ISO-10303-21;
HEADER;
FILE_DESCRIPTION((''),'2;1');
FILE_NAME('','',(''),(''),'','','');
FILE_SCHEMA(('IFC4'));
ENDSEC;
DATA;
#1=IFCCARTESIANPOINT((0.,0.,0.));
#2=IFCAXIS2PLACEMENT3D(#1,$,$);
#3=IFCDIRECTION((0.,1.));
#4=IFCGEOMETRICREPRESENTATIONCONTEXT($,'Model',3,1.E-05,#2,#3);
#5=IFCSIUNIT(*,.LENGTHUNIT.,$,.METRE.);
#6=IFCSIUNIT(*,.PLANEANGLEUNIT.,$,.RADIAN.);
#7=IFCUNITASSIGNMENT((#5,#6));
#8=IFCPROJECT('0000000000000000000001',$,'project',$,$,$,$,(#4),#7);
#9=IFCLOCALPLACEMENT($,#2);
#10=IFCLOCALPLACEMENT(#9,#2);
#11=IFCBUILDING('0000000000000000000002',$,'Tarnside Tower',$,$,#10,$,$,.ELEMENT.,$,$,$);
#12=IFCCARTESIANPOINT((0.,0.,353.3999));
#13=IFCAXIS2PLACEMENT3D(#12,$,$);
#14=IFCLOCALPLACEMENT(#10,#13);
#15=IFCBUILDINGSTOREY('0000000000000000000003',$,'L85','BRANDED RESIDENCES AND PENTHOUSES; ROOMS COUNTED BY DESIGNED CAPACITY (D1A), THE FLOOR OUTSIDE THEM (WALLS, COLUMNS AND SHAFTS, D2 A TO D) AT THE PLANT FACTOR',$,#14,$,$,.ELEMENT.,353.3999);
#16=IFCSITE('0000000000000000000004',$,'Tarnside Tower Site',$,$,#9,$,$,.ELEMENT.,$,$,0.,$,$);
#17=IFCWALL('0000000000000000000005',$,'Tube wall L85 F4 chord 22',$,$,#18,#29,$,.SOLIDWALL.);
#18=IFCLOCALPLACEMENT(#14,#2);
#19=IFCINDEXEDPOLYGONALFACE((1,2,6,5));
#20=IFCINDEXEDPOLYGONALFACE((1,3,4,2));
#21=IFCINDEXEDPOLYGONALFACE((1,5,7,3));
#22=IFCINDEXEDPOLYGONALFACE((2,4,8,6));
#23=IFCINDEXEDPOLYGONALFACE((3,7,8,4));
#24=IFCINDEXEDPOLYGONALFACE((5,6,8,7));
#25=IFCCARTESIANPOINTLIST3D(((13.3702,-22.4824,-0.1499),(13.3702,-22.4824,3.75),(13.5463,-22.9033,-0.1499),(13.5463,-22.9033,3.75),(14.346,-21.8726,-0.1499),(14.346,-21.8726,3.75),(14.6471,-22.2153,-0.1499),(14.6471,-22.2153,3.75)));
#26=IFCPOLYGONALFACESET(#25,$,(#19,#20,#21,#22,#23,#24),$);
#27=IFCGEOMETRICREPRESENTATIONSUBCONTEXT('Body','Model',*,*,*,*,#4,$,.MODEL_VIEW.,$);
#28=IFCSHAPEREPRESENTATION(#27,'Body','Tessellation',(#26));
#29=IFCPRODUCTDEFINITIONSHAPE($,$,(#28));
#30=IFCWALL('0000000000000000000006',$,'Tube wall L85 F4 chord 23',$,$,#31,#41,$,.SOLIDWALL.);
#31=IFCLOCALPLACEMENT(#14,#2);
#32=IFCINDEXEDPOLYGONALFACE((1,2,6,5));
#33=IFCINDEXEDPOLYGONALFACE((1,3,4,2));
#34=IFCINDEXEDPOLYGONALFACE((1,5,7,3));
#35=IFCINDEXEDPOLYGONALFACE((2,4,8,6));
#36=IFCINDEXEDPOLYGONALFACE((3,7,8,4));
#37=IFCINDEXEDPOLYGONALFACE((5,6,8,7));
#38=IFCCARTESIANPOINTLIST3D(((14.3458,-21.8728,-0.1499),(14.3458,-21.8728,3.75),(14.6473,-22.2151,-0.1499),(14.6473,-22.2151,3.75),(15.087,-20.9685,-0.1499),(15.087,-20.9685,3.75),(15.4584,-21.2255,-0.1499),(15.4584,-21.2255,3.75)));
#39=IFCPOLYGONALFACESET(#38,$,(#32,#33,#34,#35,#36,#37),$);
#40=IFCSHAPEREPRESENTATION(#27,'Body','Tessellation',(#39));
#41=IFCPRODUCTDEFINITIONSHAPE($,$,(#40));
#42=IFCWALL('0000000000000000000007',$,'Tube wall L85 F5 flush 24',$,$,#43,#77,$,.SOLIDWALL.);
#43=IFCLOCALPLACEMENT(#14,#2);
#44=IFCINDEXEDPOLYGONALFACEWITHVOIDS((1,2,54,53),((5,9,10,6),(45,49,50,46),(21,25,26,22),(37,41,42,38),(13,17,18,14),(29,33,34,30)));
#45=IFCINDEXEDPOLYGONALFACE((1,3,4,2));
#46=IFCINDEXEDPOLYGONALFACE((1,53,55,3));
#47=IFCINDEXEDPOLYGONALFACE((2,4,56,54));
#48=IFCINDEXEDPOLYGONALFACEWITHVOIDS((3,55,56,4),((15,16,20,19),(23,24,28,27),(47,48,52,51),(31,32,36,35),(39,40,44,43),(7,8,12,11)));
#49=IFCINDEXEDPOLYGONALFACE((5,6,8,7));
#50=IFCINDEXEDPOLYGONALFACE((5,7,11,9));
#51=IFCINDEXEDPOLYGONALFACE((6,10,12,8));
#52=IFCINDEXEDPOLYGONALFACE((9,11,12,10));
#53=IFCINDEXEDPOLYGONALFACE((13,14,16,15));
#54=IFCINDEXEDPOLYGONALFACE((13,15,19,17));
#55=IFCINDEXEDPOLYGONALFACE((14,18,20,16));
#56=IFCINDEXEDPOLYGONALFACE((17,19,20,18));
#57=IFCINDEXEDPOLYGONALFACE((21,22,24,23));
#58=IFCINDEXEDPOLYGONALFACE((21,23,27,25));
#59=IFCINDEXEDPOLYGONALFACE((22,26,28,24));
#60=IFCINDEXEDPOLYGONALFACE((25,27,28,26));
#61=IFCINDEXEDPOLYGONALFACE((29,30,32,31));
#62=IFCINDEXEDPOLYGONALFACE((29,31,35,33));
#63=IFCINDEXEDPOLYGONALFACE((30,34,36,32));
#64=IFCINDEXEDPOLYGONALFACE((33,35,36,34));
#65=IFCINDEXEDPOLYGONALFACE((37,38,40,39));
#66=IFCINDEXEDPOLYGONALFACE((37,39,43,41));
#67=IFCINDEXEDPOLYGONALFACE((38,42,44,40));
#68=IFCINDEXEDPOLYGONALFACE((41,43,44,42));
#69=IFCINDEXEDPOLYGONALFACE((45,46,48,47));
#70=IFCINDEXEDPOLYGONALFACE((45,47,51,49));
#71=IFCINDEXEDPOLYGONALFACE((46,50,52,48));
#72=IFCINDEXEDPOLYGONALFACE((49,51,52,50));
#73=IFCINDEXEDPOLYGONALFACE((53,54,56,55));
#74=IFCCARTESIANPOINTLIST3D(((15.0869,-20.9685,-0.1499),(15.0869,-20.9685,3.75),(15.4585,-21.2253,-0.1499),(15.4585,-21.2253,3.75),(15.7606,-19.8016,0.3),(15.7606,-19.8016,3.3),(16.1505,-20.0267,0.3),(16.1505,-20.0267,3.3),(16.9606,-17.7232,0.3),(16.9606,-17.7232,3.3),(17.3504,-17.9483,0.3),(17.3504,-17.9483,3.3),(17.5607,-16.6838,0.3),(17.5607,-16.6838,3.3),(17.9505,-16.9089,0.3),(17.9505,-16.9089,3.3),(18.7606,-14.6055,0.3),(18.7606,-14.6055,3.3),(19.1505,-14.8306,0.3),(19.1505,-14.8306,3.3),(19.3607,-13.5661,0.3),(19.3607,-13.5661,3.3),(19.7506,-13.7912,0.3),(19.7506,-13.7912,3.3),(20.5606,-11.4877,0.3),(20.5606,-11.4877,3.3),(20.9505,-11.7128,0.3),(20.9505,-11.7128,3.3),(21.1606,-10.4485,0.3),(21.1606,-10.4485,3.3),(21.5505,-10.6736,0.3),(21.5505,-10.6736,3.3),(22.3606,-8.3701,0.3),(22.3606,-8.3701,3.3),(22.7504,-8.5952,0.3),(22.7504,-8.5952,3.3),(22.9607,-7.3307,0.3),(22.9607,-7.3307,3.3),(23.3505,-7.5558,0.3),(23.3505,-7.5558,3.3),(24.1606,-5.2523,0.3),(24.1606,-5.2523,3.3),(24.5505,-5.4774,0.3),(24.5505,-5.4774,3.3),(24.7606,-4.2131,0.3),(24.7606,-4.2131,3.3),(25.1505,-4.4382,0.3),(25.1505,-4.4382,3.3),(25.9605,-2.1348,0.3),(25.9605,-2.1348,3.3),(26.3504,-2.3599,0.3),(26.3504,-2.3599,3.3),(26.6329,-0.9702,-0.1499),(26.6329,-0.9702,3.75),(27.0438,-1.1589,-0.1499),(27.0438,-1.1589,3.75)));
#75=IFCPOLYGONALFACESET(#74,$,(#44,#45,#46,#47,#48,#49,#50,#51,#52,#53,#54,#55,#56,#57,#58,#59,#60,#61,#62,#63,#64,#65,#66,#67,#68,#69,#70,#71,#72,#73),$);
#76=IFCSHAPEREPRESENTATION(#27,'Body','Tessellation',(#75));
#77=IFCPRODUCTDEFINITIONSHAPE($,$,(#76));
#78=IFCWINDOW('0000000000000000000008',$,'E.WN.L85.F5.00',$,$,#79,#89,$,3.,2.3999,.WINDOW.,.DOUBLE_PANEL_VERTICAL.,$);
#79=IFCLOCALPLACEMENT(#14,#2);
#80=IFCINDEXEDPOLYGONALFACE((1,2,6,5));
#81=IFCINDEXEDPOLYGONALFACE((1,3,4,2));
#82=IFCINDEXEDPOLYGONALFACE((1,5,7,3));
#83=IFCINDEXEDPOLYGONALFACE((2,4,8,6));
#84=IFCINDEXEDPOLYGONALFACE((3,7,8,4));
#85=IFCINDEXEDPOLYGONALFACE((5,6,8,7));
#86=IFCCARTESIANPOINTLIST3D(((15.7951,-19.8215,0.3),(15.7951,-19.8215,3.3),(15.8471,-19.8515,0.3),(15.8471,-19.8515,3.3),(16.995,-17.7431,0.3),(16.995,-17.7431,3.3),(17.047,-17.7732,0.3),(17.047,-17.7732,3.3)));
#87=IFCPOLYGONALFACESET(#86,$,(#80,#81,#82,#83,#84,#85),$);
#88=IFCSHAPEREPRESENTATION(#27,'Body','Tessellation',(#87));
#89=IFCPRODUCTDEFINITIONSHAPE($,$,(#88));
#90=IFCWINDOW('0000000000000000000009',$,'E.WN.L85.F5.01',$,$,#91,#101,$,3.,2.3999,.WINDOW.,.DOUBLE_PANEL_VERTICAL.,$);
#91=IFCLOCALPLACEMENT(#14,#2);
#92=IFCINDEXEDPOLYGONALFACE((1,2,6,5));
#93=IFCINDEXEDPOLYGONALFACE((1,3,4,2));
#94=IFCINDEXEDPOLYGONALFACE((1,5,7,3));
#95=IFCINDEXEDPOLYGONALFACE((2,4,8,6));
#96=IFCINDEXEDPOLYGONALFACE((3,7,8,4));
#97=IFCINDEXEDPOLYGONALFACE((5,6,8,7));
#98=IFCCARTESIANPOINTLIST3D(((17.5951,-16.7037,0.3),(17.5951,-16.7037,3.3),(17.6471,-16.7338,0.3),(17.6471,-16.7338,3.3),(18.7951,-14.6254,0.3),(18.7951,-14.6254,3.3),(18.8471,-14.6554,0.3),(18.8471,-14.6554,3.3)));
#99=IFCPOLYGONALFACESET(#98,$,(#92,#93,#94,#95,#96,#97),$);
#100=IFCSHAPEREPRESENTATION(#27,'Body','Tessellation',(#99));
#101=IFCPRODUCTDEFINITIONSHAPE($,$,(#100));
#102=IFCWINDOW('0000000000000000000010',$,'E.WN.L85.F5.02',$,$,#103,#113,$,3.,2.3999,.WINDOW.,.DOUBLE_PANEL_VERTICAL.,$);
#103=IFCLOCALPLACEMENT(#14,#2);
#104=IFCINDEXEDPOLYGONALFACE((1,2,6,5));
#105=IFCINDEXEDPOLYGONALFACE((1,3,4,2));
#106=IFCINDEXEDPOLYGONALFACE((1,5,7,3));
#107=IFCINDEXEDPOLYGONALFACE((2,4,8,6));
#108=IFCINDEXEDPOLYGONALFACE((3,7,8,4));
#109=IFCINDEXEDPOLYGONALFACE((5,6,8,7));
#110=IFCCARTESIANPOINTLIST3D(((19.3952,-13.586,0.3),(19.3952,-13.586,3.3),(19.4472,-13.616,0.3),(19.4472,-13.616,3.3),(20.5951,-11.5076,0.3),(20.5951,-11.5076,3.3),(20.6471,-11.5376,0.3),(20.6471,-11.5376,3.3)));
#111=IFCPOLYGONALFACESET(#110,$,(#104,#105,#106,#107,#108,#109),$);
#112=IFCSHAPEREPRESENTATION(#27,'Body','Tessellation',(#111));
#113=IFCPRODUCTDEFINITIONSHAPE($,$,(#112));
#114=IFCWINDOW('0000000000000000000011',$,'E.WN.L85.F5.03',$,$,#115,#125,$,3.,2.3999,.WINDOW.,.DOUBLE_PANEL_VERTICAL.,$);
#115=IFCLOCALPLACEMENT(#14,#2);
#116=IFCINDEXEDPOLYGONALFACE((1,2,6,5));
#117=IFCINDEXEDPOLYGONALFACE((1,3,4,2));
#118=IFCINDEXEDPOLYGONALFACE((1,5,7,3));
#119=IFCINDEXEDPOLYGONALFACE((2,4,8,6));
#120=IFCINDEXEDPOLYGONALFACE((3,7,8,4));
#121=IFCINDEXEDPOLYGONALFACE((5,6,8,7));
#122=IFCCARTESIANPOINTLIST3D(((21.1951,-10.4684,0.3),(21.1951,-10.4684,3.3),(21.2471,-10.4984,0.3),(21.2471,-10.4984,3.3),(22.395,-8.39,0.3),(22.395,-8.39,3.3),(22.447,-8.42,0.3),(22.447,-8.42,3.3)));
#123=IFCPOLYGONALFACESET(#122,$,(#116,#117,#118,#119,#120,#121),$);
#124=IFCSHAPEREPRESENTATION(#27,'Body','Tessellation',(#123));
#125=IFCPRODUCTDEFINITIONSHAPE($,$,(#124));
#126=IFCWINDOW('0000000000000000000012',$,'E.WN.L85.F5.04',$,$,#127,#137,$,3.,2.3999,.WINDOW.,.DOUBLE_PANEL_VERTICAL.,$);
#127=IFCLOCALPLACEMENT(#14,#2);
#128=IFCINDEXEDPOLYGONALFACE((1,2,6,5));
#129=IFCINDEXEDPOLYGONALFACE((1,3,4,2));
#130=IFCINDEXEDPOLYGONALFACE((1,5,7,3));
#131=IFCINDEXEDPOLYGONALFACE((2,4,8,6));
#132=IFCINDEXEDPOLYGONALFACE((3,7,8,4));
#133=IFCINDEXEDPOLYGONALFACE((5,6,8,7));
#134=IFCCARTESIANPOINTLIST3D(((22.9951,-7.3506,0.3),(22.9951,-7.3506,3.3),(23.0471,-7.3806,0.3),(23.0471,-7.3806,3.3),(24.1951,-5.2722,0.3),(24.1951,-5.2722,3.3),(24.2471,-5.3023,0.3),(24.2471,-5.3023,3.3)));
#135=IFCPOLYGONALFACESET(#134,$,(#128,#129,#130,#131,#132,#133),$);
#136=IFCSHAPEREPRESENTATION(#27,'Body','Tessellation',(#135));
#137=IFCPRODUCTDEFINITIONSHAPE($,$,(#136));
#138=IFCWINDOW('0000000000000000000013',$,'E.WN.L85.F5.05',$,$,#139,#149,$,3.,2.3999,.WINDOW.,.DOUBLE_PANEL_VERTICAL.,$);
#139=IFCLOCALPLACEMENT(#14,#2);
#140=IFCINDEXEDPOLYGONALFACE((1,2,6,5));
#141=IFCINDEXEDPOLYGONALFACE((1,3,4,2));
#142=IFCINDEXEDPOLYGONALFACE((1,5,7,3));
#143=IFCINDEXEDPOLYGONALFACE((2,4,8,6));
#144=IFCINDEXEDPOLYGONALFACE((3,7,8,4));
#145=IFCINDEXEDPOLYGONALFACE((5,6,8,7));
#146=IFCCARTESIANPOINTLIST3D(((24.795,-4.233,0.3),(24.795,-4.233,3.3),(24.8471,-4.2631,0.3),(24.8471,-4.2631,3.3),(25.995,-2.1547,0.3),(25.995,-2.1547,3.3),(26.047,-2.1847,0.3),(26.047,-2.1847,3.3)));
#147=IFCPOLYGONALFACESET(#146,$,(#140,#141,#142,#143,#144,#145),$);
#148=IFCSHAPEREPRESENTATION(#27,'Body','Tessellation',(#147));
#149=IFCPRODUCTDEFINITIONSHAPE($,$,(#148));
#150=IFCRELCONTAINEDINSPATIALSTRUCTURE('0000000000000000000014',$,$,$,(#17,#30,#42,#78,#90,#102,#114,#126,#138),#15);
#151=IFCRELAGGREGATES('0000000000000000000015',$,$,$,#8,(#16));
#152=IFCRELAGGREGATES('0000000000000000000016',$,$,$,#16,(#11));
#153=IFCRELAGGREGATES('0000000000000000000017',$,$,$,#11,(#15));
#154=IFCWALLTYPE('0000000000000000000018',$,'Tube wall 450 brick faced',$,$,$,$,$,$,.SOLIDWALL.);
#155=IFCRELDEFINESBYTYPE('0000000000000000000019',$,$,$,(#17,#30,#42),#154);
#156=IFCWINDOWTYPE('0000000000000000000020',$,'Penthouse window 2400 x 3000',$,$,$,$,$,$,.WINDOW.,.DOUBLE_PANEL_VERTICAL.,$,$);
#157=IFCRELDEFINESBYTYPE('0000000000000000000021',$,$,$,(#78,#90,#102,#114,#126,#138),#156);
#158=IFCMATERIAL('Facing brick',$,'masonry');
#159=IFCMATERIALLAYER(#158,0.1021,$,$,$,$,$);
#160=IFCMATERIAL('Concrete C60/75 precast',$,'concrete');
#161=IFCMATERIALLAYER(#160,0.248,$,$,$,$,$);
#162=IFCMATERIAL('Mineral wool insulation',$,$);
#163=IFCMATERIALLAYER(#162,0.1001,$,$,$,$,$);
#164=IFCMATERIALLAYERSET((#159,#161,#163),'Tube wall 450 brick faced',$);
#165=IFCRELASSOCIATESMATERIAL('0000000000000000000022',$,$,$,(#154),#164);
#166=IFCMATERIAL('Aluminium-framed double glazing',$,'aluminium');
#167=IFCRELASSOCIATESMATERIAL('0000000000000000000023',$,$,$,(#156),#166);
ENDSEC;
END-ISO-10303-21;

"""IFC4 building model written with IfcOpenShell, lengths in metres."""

from ifc_helpers import new_model, si_unit, direction, frame, frame_2d, origin, place, context, subcontext, project, spatial, polyline, rectangle, outline, extrude, material, layer, layer_set, type_object, element, fill, save


model = new_model("IFC4")

# Units and contexts
model_context = context("Model", 3, precision=1e-05, world=origin(), true_north=direction((0.0, 1.0)))
body_context = subcontext(model_context, "Body", "Model", "MODEL_VIEW")
ifc_project = project(units=[si_unit("LENGTHUNIT", "METRE"), si_unit("PLANEANGLEUNIT", "RADIAN")], contexts=[model_context])

# Site, building, storey
site_placement = place(None, origin())
site = spatial("IfcSite", under=ifc_project, at=site_placement, Name="Tarnside Tower Site", CompositionType="ELEMENT", RefElevation=0.0)
building_placement = place(site_placement, origin())
building = spatial("IfcBuilding", under=site, at=building_placement, Name="Tarnside Tower", CompositionType="ELEMENT")
storey_placement = place(building_placement, frame((0.0, 0.0, 353.3999)))
storey = spatial("IfcBuildingStorey", under=building, at=storey_placement, Name="L85", Description="BRANDED RESIDENCES AND PENTHOUSES; ROOMS COUNTED BY DESIGNED CAPACITY (D1A), THE FLOOR OUTSIDE THEM (WALLS, COLUMNS AND SHAFTS, D2 A TO D) AT THE PLANT FACTOR", CompositionType="ELEMENT", Elevation=353.3999)

# Walls
ifc_material_1 = material(Name="Facing brick", Category="masonry")
ifc_layer_1 = layer(ifc_material_1, 0.1021)
ifc_material_2 = material(Name="Concrete C60/75 precast", Category="concrete")
ifc_layer_2 = layer(ifc_material_2, 0.248)
ifc_material_3 = material(Name="Mineral wool insulation")
ifc_layer_3 = layer(ifc_material_3, 0.1001)
ifc_layer_set_1 = layer_set([ifc_layer_1, ifc_layer_2, ifc_layer_3], Name="Tube wall 450 brick faced")
wall_type_1 = type_object("IfcWallType", Name="Tube wall 450 brick faced", PredefinedType="SOLIDWALL", material=ifc_layer_set_1)
wall_1_placement = place(storey_placement, frame((13.4583, -22.6929, -0.1499), z_axis=(0.0, 0.0, 1.0), x_axis=(0.84801, 0.529981, 0.0)))
element("IfcWall", 1, at=wall_1_placement, inside=storey, type_object=wall_type_1, Name="Tube wall L85 F4 chord 22", PredefinedType="SOLIDWALL", context=body_context, shape_type="SweptSolid", body=[
    extrude(outline(polyline([(-0.0369, -0.2251), (1.2612, -0.2251), (1.1875, 0.2251), (0.0369, 0.2251), (-0.0369, -0.2251)])), origin(), (0.0, 0.0, 1.0), 3.8999),
])
wall_2_placement = place(storey_placement, frame((14.4966, -22.0439, -0.1499), z_axis=(0.0, 0.0, 1.0), x_axis=(0.633867, 0.773442, 0.0)))
element("IfcWall", 2, at=wall_2_placement, inside=storey, type_object=wall_type_1, Name="Tube wall L85 F4 chord 23", PredefinedType="SOLIDWALL", context=body_context, shape_type="SweptSolid", body=[
    extrude(outline(polyline([(-0.0369, -0.2251), (1.2427, -0.2251), (1.2061, 0.2251), (0.0369, 0.2251), (-0.0369, -0.2251)])), origin(), (0.0, 0.0, 1.0), 3.8999),
])

# Wall, openings, windows
wall_3_placement = place(storey_placement, frame((15.2727, -21.0969, -0.1499), z_axis=(0.0, 0.0, 1.0), x_axis=(0.499997, 0.866027, 0.0)))
wall_3 = element("IfcWall", 3, at=wall_3_placement, inside=storey, type_object=wall_type_1, Name="Tube wall L85 F5 flush 24", PredefinedType="SOLIDWALL", context=body_context, shape_type="SweptSolid", body=[
    extrude(outline(polyline([(-0.0183, -0.2251), (23.1523, -0.2251), (23.1104, 0.2251), (0.0183, 0.2251), (-0.0183, -0.2251)])), origin(), (0.0, 0.0, 1.0), 3.8999),
])
opening_1_placement = place(wall_3_placement, frame((1.3657, 0.0, 0.45)))
opening_1 = element("IfcOpeningElement", 4, at=opening_1_placement, cuts=wall_3, PredefinedType="OPENING", context=body_context, shape_type="SweptSolid", body=[
    extrude(rectangle(XDim=2.3999, YDim=3.0, at=frame_2d((1.2, 1.5))), frame((0.0, 0.2349, 0.0), z_axis=(0.0, -1.0, 0.0), x_axis=(1.0, 0.0, 0.0)), (0.0, 0.0, 1.0), 0.47),
])
opening_2_placement = place(wall_3_placement, frame((4.9658, 0.0, 0.45)))
opening_2 = element("IfcOpeningElement", 5, at=opening_2_placement, cuts=wall_3, PredefinedType="OPENING", context=body_context, shape_type="SweptSolid", body=[
    extrude(rectangle(XDim=2.3999, YDim=3.0, at=frame_2d((1.2, 1.5))), frame((0.0, 0.2349, 0.0), z_axis=(0.0, -1.0, 0.0), x_axis=(1.0, 0.0, 0.0)), (0.0, 0.0, 1.0), 0.47),
])
opening_3_placement = place(wall_3_placement, frame((8.5659, 0.0, 0.45)))
opening_3 = element("IfcOpeningElement", 6, at=opening_3_placement, cuts=wall_3, PredefinedType="OPENING", context=body_context, shape_type="SweptSolid", body=[
    extrude(rectangle(XDim=2.3999, YDim=3.0, at=frame_2d((1.2, 1.5))), frame((0.0, 0.2349, 0.0), z_axis=(0.0, -1.0, 0.0), x_axis=(1.0, 0.0, 0.0)), (0.0, 0.0, 1.0), 0.47),
])
opening_4_placement = place(wall_3_placement, frame((12.1658, 0.0, 0.45)))
opening_4 = element("IfcOpeningElement", 7, at=opening_4_placement, cuts=wall_3, PredefinedType="OPENING", context=body_context, shape_type="SweptSolid", body=[
    extrude(rectangle(XDim=2.3999, YDim=3.0, at=frame_2d((1.2, 1.5))), frame((0.0, 0.2349, 0.0), z_axis=(0.0, -1.0, 0.0), x_axis=(1.0, 0.0, 0.0)), (0.0, 0.0, 1.0), 0.47),
])
opening_5_placement = place(wall_3_placement, frame((15.7659, 0.0, 0.45)))
opening_5 = element("IfcOpeningElement", 8, at=opening_5_placement, cuts=wall_3, PredefinedType="OPENING", context=body_context, shape_type="SweptSolid", body=[
    extrude(rectangle(XDim=2.3999, YDim=3.0, at=frame_2d((1.2, 1.5))), frame((0.0, 0.2349, 0.0), z_axis=(0.0, -1.0, 0.0), x_axis=(1.0, 0.0, 0.0)), (0.0, 0.0, 1.0), 0.47),
])
opening_6_placement = place(wall_3_placement, frame((19.3657, 0.0, 0.45)))
opening_6 = element("IfcOpeningElement", 9, at=opening_6_placement, cuts=wall_3, PredefinedType="OPENING", context=body_context, shape_type="SweptSolid", body=[
    extrude(rectangle(XDim=2.3999, YDim=3.0, at=frame_2d((1.2, 1.5))), frame((0.0, 0.2349, 0.0), z_axis=(0.0, -1.0, 0.0), x_axis=(1.0, 0.0, 0.0)), (0.0, 0.0, 1.0), 0.47),
])
ifc_material_4 = material(Name="Aluminium-framed double glazing", Category="aluminium")
window_type = type_object("IfcWindowType", Name="Penthouse window 2400 x 3000", PartitioningType="DOUBLE_PANEL_VERTICAL", PredefinedType="WINDOW", material=ifc_material_4)
window_1_placement = place(opening_1_placement, frame((0.0, 0.1553, 0.0)))
window_1 = element("IfcWindow", 10, at=window_1_placement, inside=storey, type_object=window_type, Name="E.WN.L85.F5.00", OverallHeight=3.0, OverallWidth=2.3999, PartitioningType="DOUBLE_PANEL_VERTICAL", PredefinedType="WINDOW", context=body_context, shape_type="SweptSolid", body=[
    extrude(rectangle(XDim=2.3999, YDim=3.0, at=frame_2d((1.2, 1.5))), frame((0.0, 0.03, 0.0), z_axis=(0.0, -1.0, 0.0), x_axis=(1.0, 0.0, 0.0)), (0.0, 0.0, 1.0), 0.0601),
])
fill(opening_1, window_1)
window_2_placement = place(opening_2_placement, frame((0.0, 0.1553, 0.0)))
window_2 = element("IfcWindow", 11, at=window_2_placement, inside=storey, type_object=window_type, Name="E.WN.L85.F5.01", OverallHeight=3.0, OverallWidth=2.3999, PartitioningType="DOUBLE_PANEL_VERTICAL", PredefinedType="WINDOW", context=body_context, shape_type="SweptSolid", body=[
    extrude(rectangle(XDim=2.3999, YDim=3.0, at=frame_2d((1.2, 1.5))), frame((0.0, 0.03, 0.0), z_axis=(0.0, -1.0, 0.0), x_axis=(1.0, 0.0, 0.0)), (0.0, 0.0, 1.0), 0.0601),
])
fill(opening_2, window_2)
window_3_placement = place(opening_3_placement, frame((0.0, 0.1553, 0.0)))
window_3 = element("IfcWindow", 12, at=window_3_placement, inside=storey, type_object=window_type, Name="E.WN.L85.F5.02", OverallHeight=3.0, OverallWidth=2.3999, PartitioningType="DOUBLE_PANEL_VERTICAL", PredefinedType="WINDOW", context=body_context, shape_type="SweptSolid", body=[
    extrude(rectangle(XDim=2.3999, YDim=3.0, at=frame_2d((1.2, 1.5))), frame((0.0, 0.03, 0.0), z_axis=(0.0, -1.0, 0.0), x_axis=(1.0, 0.0, 0.0)), (0.0, 0.0, 1.0), 0.0601),
])
fill(opening_3, window_3)
window_4_placement = place(opening_4_placement, frame((0.0, 0.1553, 0.0)))
window_4 = element("IfcWindow", 13, at=window_4_placement, inside=storey, type_object=window_type, Name="E.WN.L85.F5.03", OverallHeight=3.0, OverallWidth=2.3999, PartitioningType="DOUBLE_PANEL_VERTICAL", PredefinedType="WINDOW", context=body_context, shape_type="SweptSolid", body=[
    extrude(rectangle(XDim=2.3999, YDim=3.0, at=frame_2d((1.2, 1.5))), frame((0.0, 0.03, 0.0), z_axis=(0.0, -1.0, 0.0), x_axis=(1.0, 0.0, 0.0)), (0.0, 0.0, 1.0), 0.0601),
])
fill(opening_4, window_4)
window_5_placement = place(opening_5_placement, frame((0.0, 0.1553, 0.0)))
window_5 = element("IfcWindow", 14, at=window_5_placement, inside=storey, type_object=window_type, Name="E.WN.L85.F5.04", OverallHeight=3.0, OverallWidth=2.3999, PartitioningType="DOUBLE_PANEL_VERTICAL", PredefinedType="WINDOW", context=body_context, shape_type="SweptSolid", body=[
    extrude(rectangle(XDim=2.3999, YDim=3.0, at=frame_2d((1.2, 1.5))), frame((0.0, 0.03, 0.0), z_axis=(0.0, -1.0, 0.0), x_axis=(1.0, 0.0, 0.0)), (0.0, 0.0, 1.0), 0.0601),
])
fill(opening_5, window_5)
window_6_placement = place(opening_6_placement, frame((0.0, 0.1553, 0.0)))
window_6 = element("IfcWindow", 15, at=window_6_placement, inside=storey, type_object=window_type, Name="E.WN.L85.F5.05", OverallHeight=3.0, OverallWidth=2.3999, PartitioningType="DOUBLE_PANEL_VERTICAL", PredefinedType="WINDOW", context=body_context, shape_type="SweptSolid", body=[
    extrude(rectangle(XDim=2.3999, YDim=3.0, at=frame_2d((1.2, 1.5))), frame((0.0, 0.03, 0.0), z_axis=(0.0, -1.0, 0.0), x_axis=(1.0, 0.0, 0.0)), (0.0, 0.0, 1.0), 0.0601),
])
fill(opening_6, window_6)

save(model, "model.ifc")
